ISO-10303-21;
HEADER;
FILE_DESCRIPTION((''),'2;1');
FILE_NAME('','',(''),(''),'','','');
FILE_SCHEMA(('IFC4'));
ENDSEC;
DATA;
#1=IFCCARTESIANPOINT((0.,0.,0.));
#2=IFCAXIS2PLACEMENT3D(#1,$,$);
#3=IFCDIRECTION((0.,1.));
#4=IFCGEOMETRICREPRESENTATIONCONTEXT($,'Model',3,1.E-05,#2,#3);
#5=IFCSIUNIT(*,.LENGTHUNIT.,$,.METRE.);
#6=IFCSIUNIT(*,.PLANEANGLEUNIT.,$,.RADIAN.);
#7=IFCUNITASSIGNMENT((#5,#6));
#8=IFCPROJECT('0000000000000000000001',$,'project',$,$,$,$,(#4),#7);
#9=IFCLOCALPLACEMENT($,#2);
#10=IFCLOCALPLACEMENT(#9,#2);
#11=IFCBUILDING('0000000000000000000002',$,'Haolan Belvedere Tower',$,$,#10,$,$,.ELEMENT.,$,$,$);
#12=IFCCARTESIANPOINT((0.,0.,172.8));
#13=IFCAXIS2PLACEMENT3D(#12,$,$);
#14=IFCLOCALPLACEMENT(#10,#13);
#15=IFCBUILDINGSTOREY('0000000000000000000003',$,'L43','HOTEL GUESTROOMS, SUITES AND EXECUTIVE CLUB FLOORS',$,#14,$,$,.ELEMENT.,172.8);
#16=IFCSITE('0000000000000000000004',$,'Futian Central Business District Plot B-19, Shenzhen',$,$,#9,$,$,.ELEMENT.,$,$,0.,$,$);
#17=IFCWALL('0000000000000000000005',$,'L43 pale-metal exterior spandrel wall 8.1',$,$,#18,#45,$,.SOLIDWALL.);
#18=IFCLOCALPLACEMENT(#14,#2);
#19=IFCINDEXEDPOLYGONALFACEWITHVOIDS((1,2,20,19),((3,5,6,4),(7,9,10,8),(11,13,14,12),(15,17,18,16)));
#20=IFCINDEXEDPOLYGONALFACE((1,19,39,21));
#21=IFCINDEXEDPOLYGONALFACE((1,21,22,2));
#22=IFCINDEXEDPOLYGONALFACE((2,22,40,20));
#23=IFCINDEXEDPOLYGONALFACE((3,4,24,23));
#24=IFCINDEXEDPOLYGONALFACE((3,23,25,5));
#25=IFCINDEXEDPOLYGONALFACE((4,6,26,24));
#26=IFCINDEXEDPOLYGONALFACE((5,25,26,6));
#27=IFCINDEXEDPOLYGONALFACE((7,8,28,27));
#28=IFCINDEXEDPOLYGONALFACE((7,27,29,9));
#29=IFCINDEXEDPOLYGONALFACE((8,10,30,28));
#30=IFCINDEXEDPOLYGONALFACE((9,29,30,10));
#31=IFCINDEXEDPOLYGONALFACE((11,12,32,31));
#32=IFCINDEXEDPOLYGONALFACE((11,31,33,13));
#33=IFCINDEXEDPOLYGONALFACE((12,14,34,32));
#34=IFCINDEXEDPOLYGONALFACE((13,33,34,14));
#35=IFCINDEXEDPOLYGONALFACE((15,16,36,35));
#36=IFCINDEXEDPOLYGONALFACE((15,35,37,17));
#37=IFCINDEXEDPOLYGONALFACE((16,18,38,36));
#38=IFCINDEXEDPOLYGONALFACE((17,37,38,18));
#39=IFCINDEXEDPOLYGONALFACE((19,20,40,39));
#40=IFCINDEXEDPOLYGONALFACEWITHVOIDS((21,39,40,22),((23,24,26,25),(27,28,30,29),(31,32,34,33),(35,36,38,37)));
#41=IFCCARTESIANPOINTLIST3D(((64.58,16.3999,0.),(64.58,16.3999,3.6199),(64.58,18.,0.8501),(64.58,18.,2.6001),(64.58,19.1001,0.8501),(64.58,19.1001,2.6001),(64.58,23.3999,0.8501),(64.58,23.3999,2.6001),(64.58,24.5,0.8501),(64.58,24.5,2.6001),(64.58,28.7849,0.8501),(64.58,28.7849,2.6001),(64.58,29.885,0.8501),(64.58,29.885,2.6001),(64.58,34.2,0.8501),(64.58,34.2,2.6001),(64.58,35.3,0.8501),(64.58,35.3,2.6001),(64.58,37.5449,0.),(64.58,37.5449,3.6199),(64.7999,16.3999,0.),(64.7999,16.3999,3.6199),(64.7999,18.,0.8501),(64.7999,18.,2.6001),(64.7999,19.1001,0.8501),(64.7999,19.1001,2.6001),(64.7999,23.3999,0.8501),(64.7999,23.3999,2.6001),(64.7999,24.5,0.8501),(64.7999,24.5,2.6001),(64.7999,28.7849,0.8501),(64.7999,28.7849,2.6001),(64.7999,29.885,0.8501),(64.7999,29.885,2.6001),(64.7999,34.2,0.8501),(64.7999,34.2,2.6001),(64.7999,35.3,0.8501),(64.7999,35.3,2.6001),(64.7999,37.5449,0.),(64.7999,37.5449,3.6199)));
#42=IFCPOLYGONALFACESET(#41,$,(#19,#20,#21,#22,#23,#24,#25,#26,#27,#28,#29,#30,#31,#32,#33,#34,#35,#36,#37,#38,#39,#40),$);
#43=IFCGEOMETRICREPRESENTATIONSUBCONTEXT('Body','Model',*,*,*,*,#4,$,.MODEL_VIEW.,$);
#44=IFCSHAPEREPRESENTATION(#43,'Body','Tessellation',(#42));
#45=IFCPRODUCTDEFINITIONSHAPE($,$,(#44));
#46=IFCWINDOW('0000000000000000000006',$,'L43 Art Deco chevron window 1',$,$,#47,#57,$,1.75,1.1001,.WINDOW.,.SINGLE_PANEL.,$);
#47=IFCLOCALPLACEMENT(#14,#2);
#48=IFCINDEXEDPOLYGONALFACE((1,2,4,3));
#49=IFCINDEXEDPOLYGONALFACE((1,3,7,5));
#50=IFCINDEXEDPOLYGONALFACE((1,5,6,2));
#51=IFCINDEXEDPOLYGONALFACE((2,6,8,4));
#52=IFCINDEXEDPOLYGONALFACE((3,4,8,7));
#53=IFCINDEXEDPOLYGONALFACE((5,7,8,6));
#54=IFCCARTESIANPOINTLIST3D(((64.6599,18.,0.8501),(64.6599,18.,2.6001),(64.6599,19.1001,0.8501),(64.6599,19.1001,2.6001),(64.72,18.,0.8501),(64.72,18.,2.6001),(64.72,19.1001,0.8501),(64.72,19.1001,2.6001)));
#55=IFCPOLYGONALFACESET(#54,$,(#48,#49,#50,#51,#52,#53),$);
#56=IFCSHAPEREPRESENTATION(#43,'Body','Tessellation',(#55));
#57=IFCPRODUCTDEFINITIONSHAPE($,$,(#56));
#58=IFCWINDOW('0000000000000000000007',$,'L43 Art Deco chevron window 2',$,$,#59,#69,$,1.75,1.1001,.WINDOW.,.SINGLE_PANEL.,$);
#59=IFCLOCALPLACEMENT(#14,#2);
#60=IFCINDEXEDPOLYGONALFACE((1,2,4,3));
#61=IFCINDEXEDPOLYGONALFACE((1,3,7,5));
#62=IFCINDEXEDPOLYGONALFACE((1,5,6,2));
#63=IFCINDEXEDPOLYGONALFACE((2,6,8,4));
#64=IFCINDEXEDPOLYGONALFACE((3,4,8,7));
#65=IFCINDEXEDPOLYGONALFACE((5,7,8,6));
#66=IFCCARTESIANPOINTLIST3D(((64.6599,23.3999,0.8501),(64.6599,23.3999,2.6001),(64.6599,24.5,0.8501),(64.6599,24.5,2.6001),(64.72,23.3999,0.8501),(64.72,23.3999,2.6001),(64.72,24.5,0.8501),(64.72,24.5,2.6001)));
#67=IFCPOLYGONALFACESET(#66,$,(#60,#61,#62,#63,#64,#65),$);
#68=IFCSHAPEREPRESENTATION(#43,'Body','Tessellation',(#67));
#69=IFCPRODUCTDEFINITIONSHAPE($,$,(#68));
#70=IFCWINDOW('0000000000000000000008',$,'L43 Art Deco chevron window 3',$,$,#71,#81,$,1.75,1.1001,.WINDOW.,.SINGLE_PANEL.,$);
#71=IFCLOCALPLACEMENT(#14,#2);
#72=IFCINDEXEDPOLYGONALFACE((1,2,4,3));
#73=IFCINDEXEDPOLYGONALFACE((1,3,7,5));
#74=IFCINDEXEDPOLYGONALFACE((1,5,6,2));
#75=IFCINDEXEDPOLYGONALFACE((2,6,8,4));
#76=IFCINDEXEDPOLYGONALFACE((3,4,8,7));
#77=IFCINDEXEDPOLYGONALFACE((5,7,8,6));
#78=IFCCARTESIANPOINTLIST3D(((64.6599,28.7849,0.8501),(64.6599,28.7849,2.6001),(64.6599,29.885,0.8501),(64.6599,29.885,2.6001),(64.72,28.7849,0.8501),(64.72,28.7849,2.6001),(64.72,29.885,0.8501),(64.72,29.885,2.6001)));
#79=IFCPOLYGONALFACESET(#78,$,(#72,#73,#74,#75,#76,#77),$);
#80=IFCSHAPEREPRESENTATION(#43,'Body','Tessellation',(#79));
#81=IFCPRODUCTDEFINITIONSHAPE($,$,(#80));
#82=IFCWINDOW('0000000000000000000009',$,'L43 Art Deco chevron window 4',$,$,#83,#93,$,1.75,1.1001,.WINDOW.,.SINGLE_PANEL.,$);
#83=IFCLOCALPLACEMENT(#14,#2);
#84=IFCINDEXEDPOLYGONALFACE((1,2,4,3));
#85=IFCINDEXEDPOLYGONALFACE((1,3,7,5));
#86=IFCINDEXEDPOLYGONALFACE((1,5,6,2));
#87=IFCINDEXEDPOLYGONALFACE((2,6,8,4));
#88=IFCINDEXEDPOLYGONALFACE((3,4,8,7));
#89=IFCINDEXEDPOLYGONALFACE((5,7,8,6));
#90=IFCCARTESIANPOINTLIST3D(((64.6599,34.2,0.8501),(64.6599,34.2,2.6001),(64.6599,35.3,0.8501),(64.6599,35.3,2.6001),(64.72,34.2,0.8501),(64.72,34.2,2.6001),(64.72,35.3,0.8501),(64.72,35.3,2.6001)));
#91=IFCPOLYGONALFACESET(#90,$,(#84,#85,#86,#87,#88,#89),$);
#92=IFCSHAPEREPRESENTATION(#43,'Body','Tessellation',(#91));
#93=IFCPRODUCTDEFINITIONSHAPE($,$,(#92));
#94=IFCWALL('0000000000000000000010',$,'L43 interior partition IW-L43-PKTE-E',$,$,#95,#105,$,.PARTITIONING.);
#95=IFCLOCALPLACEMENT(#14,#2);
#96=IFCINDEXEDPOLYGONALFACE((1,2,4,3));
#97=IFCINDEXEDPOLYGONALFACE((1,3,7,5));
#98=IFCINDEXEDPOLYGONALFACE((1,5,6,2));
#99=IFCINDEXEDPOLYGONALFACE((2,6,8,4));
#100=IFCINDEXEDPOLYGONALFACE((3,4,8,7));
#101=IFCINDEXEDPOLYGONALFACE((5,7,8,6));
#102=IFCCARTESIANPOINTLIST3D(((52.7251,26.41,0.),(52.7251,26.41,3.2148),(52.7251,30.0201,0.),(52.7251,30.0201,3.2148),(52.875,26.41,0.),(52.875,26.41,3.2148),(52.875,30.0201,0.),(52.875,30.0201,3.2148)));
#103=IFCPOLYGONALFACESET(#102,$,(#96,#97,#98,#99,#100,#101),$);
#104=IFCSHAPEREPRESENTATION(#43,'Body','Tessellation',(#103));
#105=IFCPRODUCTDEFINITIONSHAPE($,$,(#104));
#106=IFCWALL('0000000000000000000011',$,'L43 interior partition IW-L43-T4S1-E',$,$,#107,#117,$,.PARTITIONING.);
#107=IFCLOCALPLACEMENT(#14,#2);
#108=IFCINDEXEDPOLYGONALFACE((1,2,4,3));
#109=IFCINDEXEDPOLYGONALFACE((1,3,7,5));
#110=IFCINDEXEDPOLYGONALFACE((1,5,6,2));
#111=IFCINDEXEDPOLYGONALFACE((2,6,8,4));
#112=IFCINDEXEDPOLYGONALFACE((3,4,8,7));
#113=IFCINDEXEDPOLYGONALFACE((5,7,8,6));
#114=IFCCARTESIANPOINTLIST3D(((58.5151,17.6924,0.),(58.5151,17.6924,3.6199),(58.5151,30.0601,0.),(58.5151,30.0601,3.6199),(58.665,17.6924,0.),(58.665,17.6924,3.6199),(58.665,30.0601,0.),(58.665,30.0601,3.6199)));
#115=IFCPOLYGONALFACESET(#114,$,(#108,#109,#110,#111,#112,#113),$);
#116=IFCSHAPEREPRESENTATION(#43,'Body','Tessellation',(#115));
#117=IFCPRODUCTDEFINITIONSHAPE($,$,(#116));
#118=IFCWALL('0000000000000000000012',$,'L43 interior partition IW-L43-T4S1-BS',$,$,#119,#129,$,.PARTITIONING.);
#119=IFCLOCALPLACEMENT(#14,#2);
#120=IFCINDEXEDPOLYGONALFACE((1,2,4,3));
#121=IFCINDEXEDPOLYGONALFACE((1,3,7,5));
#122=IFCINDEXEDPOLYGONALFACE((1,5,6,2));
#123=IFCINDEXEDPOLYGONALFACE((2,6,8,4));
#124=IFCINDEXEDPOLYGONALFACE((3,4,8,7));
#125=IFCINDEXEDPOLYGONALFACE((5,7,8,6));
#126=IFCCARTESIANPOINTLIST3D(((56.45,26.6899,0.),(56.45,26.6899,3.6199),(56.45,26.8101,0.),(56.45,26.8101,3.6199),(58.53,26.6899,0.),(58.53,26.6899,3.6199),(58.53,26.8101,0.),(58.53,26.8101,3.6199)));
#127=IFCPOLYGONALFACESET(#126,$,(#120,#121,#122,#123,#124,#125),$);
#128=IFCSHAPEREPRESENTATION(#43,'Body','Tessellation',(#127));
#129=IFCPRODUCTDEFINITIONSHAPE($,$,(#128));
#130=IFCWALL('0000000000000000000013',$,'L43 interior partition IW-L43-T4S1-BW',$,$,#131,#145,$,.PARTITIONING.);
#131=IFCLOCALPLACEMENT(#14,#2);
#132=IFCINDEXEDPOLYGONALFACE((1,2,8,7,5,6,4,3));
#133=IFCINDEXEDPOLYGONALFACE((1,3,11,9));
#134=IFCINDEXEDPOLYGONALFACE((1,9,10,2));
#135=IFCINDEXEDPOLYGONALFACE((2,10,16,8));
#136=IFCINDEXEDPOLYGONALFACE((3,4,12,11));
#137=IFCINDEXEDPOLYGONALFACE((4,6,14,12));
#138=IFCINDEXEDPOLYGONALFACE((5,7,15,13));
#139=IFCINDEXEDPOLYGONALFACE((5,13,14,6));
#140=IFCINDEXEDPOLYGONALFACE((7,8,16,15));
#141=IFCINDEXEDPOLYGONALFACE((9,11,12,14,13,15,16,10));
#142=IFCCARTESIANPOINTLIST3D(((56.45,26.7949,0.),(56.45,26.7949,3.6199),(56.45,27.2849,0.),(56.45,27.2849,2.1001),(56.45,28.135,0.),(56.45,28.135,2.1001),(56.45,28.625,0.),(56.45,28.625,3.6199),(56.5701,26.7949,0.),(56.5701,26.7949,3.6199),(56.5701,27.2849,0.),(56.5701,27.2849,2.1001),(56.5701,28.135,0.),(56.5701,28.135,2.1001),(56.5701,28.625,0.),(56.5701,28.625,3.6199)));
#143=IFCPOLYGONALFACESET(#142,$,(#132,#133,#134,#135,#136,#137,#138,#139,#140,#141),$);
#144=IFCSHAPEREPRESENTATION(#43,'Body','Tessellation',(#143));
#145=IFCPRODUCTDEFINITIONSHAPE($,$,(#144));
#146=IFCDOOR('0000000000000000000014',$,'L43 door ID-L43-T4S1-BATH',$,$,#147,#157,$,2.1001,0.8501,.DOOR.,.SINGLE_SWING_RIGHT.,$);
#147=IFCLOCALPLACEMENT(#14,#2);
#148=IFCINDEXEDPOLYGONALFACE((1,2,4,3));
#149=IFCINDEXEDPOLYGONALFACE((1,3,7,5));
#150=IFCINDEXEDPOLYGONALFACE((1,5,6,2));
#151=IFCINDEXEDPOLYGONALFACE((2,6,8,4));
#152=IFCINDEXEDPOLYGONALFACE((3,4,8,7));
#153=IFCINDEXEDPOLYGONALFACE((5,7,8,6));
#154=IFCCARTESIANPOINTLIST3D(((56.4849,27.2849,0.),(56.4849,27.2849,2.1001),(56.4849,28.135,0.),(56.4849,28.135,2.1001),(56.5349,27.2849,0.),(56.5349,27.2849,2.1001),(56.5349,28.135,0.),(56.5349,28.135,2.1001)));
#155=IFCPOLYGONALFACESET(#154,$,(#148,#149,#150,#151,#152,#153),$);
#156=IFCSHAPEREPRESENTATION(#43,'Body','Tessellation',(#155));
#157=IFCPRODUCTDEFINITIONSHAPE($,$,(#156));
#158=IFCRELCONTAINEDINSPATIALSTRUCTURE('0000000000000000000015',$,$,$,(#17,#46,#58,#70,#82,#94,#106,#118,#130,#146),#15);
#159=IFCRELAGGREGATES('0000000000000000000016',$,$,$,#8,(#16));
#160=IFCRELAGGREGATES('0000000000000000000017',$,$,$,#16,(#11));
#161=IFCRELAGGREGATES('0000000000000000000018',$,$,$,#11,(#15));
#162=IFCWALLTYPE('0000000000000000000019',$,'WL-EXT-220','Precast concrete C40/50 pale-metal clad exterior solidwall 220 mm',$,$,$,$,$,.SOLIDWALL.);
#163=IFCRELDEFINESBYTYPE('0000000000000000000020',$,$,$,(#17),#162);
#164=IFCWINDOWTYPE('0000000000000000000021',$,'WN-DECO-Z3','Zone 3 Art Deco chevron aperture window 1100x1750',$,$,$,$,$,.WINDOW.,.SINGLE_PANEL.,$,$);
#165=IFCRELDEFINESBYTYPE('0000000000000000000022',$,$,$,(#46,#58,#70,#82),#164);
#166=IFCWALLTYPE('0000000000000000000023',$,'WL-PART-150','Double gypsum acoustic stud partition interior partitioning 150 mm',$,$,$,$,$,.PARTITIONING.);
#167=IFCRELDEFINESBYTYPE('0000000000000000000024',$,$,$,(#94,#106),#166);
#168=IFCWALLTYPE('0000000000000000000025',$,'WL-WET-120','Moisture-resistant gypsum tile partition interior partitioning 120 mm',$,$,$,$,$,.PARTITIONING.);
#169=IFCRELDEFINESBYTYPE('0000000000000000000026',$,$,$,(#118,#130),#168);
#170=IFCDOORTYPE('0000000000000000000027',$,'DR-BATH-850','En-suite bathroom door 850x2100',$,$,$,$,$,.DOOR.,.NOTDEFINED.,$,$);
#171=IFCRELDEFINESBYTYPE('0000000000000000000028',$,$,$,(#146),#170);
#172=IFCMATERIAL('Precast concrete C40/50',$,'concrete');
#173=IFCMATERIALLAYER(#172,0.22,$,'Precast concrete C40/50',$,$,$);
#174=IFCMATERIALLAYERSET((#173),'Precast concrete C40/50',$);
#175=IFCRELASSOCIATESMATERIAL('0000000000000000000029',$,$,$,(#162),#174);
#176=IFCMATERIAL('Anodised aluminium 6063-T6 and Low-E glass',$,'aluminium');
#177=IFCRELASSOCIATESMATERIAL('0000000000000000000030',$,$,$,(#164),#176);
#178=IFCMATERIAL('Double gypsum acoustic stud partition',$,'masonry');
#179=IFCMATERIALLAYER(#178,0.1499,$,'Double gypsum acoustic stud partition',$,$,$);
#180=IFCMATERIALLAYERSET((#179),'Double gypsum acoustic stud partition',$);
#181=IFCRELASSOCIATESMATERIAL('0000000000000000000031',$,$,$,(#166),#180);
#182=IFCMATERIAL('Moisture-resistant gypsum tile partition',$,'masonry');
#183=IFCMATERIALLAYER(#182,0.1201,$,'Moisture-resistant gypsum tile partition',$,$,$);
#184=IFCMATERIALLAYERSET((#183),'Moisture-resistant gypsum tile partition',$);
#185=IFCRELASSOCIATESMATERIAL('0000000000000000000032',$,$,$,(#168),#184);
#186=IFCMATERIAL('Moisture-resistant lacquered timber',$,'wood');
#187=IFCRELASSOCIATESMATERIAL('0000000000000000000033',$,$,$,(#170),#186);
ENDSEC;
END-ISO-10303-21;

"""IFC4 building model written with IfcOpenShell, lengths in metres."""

from ifc_helpers import new_model, si_unit, direction, frame, frame_2d, origin, place, context, subcontext, project, spatial, rectangle, extrude, material, layer, layer_set, type_object, element, fill, save


model = new_model("IFC4")

# Units and contexts
model_context = context("Model", 3, precision=1e-05, world=origin(), true_north=direction((0.0, 1.0)))
body_context = subcontext(model_context, "Body", "Model", "MODEL_VIEW")
ifc_project = project(units=[si_unit("LENGTHUNIT", "METRE"), si_unit("PLANEANGLEUNIT", "RADIAN")], contexts=[model_context])

# Site, building, storey
site_placement = place(None, origin())
site = spatial("IfcSite", under=ifc_project, at=site_placement, Name="Futian Central Business District Plot B-19, Shenzhen", CompositionType="ELEMENT", RefElevation=0.0)
building_placement = place(site_placement, origin())
building = spatial("IfcBuilding", under=site, at=building_placement, Name="Haolan Belvedere Tower", CompositionType="ELEMENT")
storey_placement = place(building_placement, frame((0.0, 0.0, 172.8)))
storey = spatial("IfcBuildingStorey", under=building, at=storey_placement, Name="L43", Description="HOTEL GUESTROOMS, SUITES AND EXECUTIVE CLUB FLOORS", CompositionType="ELEMENT", Elevation=172.8)

# Shared definitions
ifc_material_1 = material(Name="Precast concrete C40/50", Category="concrete")
ifc_layer_1 = layer(ifc_material_1, 0.22, Name="Precast concrete C40/50")
ifc_layer_set_1 = layer_set([ifc_layer_1], Name="Precast concrete C40/50")
wall_type_1 = type_object("IfcWallType", Name="WL-EXT-220", Description="Precast concrete C40/50 pale-metal clad exterior solidwall 220 mm", PredefinedType="SOLIDWALL", material=ifc_layer_set_1)
ifc_material_2 = material(Name="Anodised aluminium 6063-T6 and Low-E glass", Category="aluminium")
window_type = type_object("IfcWindowType", Name="WN-DECO-Z3", Description="Zone 3 Art Deco chevron aperture window 1100x1750", PartitioningType="SINGLE_PANEL", PredefinedType="WINDOW", material=ifc_material_2)

# Wall, openings, windows
wall_1_placement = place(storey_placement, frame((64.6899, 16.3999, 0.0), z_axis=(0.0, 0.0, 1.0), x_axis=(0.0, 1.0, 0.0)))
wall_1 = element("IfcWall", 1, at=wall_1_placement, inside=storey, type_object=wall_type_1, Name="L43 pale-metal exterior spandrel wall 8.1", PredefinedType="SOLIDWALL", context=body_context, shape_type="SweptSolid", body=[
    extrude(rectangle(XDim=21.145, YDim=0.22, at=frame_2d((10.5725, 0.0))), origin(), (0.0, 0.0, 1.0), 3.6199),
])
opening_1_placement = place(wall_1_placement, frame((1.6001, 0.0, 0.8501)))
opening_1 = element("IfcOpeningElement", 2, at=opening_1_placement, cuts=wall_1, PredefinedType="OPENING", context=body_context, shape_type="SweptSolid", body=[
    extrude(rectangle(XDim=1.1001, YDim=1.75, at=frame_2d((0.55, 0.875))), frame((0.0, 0.1199, 0.0), z_axis=(0.0, -1.0, 0.0), x_axis=(1.0, 0.0, 0.0)), (0.0, 0.0, 1.0), 0.24),
])
opening_2_placement = place(wall_1_placement, frame((7.0, 0.0, 0.8501)))
opening_2 = element("IfcOpeningElement", 3, at=opening_2_placement, cuts=wall_1, PredefinedType="OPENING", context=body_context, shape_type="SweptSolid", body=[
    extrude(rectangle(XDim=1.1001, YDim=1.75, at=frame_2d((0.55, 0.875))), frame((0.0, 0.1199, 0.0), z_axis=(0.0, -1.0, 0.0), x_axis=(1.0, 0.0, 0.0)), (0.0, 0.0, 1.0), 0.24),
])
opening_3_placement = place(wall_1_placement, frame((12.385, 0.0, 0.8501)))
opening_3 = element("IfcOpeningElement", 4, at=opening_3_placement, cuts=wall_1, PredefinedType="OPENING", context=body_context, shape_type="SweptSolid", body=[
    extrude(rectangle(XDim=1.1001, YDim=1.75, at=frame_2d((0.55, 0.875))), frame((0.0, 0.1199, 0.0), z_axis=(0.0, -1.0, 0.0), x_axis=(1.0, 0.0, 0.0)), (0.0, 0.0, 1.0), 0.24),
])
opening_4_placement = place(wall_1_placement, frame((17.8, 0.0, 0.8501)))
opening_4 = element("IfcOpeningElement", 5, at=opening_4_placement, cuts=wall_1, PredefinedType="OPENING", context=body_context, shape_type="SweptSolid", body=[
    extrude(rectangle(XDim=1.1001, YDim=1.75, at=frame_2d((0.55, 0.875))), frame((0.0, 0.1199, 0.0), z_axis=(0.0, -1.0, 0.0), x_axis=(1.0, 0.0, 0.0)), (0.0, 0.0, 1.0), 0.24),
])
window_1_placement = place(opening_1_placement, origin())
window_1 = element("IfcWindow", 6, at=window_1_placement, inside=storey, type_object=window_type, Name="L43 Art Deco chevron window 1", OverallHeight=1.75, OverallWidth=1.1001, PartitioningType="SINGLE_PANEL", PredefinedType="WINDOW", context=body_context, shape_type="SweptSolid", body=[
    extrude(rectangle(XDim=1.1001, YDim=1.75, at=frame_2d((0.55, 0.875))), frame((0.0, 0.03, 0.0), z_axis=(0.0, -1.0, 0.0), x_axis=(1.0, 0.0, 0.0)), (0.0, 0.0, 1.0), 0.0601),
])
fill(opening_1, window_1)
window_2_placement = place(opening_2_placement, origin())
window_2 = element("IfcWindow", 7, at=window_2_placement, inside=storey, type_object=window_type, Name="L43 Art Deco chevron window 2", OverallHeight=1.75, OverallWidth=1.1001, PartitioningType="SINGLE_PANEL", PredefinedType="WINDOW", context=body_context, shape_type="SweptSolid", body=[
    extrude(rectangle(XDim=1.1001, YDim=1.75, at=frame_2d((0.55, 0.875))), frame((0.0, 0.03, 0.0), z_axis=(0.0, -1.0, 0.0), x_axis=(1.0, 0.0, 0.0)), (0.0, 0.0, 1.0), 0.0601),
])
fill(opening_2, window_2)
window_3_placement = place(opening_3_placement, origin())
window_3 = element("IfcWindow", 8, at=window_3_placement, inside=storey, type_object=window_type, Name="L43 Art Deco chevron window 3", OverallHeight=1.75, OverallWidth=1.1001, PartitioningType="SINGLE_PANEL", PredefinedType="WINDOW", context=body_context, shape_type="SweptSolid", body=[
    extrude(rectangle(XDim=1.1001, YDim=1.75, at=frame_2d((0.55, 0.875))), frame((0.0, 0.03, 0.0), z_axis=(0.0, -1.0, 0.0), x_axis=(1.0, 0.0, 0.0)), (0.0, 0.0, 1.0), 0.0601),
])
fill(opening_3, window_3)
window_4_placement = place(opening_4_placement, origin())
window_4 = element("IfcWindow", 9, at=window_4_placement, inside=storey, type_object=window_type, Name="L43 Art Deco chevron window 4", OverallHeight=1.75, OverallWidth=1.1001, PartitioningType="SINGLE_PANEL", PredefinedType="WINDOW", context=body_context, shape_type="SweptSolid", body=[
    extrude(rectangle(XDim=1.1001, YDim=1.75, at=frame_2d((0.55, 0.875))), frame((0.0, 0.03, 0.0), z_axis=(0.0, -1.0, 0.0), x_axis=(1.0, 0.0, 0.0)), (0.0, 0.0, 1.0), 0.0601),
])
fill(opening_4, window_4)

# Walls
ifc_material_3 = material(Name="Double gypsum acoustic stud partition", Category="masonry")
ifc_layer_2 = layer(ifc_material_3, 0.1499, Name="Double gypsum acoustic stud partition")
ifc_layer_set_2 = layer_set([ifc_layer_2], Name="Double gypsum acoustic stud partition")
wall_type_2 = type_object("IfcWallType", Name="WL-PART-150", Description="Double gypsum acoustic stud partition interior partitioning 150 mm", PredefinedType="PARTITIONING", material=ifc_layer_set_2)
wall_2_placement = place(storey_placement, frame((52.8, 26.4099, 0.0), z_axis=(0.0, 0.0, 1.0), x_axis=(0.0, 1.0, 0.0)))
element("IfcWall", 10, at=wall_2_placement, inside=storey, type_object=wall_type_2, Name="L43 interior partition IW-L43-PKTE-E", PredefinedType="PARTITIONING", context=body_context, shape_type="SweptSolid", body=[
    extrude(rectangle(XDim=3.6101, YDim=0.1499, at=frame_2d((1.8052, 0.0))), origin(), (0.0, 0.0, 1.0), 3.2148),
])
wall_3_placement = place(storey_placement, frame((58.5901, 17.6924, 0.0), z_axis=(0.0, 0.0, 1.0), x_axis=(0.0, 1.0, 0.0)))
element("IfcWall", 11, at=wall_3_placement, inside=storey, type_object=wall_type_2, Name="L43 interior partition IW-L43-T4S1-E", PredefinedType="PARTITIONING", context=body_context, shape_type="SweptSolid", body=[
    extrude(rectangle(XDim=12.3677, YDim=0.1499, at=frame_2d((6.1838, 0.0))), origin(), (0.0, 0.0, 1.0), 3.6199),
])
ifc_material_4 = material(Name="Moisture-resistant gypsum tile partition", Category="masonry")
ifc_layer_3 = layer(ifc_material_4, 0.1201, Name="Moisture-resistant gypsum tile partition")
ifc_layer_set_3 = layer_set([ifc_layer_3], Name="Moisture-resistant gypsum tile partition")
wall_type_3 = type_object("IfcWallType", Name="WL-WET-120", Description="Moisture-resistant gypsum tile partition interior partitioning 120 mm", PredefinedType="PARTITIONING", material=ifc_layer_set_3)
wall_4_placement = place(storey_placement, frame((56.45, 26.75, 0.0), z_axis=(0.0, 0.0, 1.0), x_axis=(1.0, 0.0, 0.0)))
element("IfcWall", 12, at=wall_4_placement, inside=storey, type_object=wall_type_3, Name="L43 interior partition IW-L43-T4S1-BS", PredefinedType="PARTITIONING", context=body_context, shape_type="SweptSolid", body=[
    extrude(rectangle(XDim=2.0801, YDim=0.1201, at=frame_2d((1.04, 0.0))), origin(), (0.0, 0.0, 1.0), 3.6199),
])

# Wall, opening, door
wall_5_placement = place(storey_placement, frame((56.51, 26.7949, 0.0), z_axis=(0.0, 0.0, 1.0), x_axis=(0.0, 1.0, 0.0)))
wall_5 = element("IfcWall", 13, at=wall_5_placement, inside=storey, type_object=wall_type_3, Name="L43 interior partition IW-L43-T4S1-BW", PredefinedType="PARTITIONING", context=body_context, shape_type="SweptSolid", body=[
    extrude(rectangle(XDim=1.8301, YDim=0.1201, at=frame_2d((0.915, 0.0))), origin(), (0.0, 0.0, 1.0), 3.6199),
])
opening_5_placement = place(wall_5_placement, frame((1.3401, 0.0, 0.0), z_axis=(0.0, 0.0, 1.0), x_axis=(-1.0, 0.0, 0.0)))
opening_5 = element("IfcOpeningElement", 14, at=opening_5_placement, cuts=wall_5, PredefinedType="OPENING", context=body_context, shape_type="SweptSolid", body=[
    extrude(rectangle(XDim=0.8501, YDim=2.1001, at=frame_2d((0.425, 1.05))), frame((0.0, 0.0701, 0.0), z_axis=(0.0, -1.0, 0.0), x_axis=(1.0, 0.0, 0.0)), (0.0, 0.0, 1.0), 0.1401),
])
ifc_material_5 = material(Name="Moisture-resistant lacquered timber", Category="wood")
door_type = type_object("IfcDoorType", Name="DR-BATH-850", Description="En-suite bathroom door 850x2100", OperationType="NOTDEFINED", PredefinedType="DOOR", material=ifc_material_5)
door_1_placement = place(opening_5_placement, origin())
door_1 = element("IfcDoor", 15, at=door_1_placement, inside=storey, type_object=door_type, Name="L43 door ID-L43-T4S1-BATH", OperationType="SINGLE_SWING_RIGHT", OverallHeight=2.1001, OverallWidth=0.8501, PredefinedType="DOOR", context=body_context, shape_type="SweptSolid", body=[
    extrude(rectangle(XDim=0.8501, YDim=2.1001, at=frame_2d((0.425, 1.05))), frame((0.0, 0.0249, 0.0), z_axis=(0.0, -1.0, 0.0), x_axis=(1.0, 0.0, 0.0)), (0.0, 0.0, 1.0), 0.05),
])
fill(opening_5, door_1)

save(model, "model.ifc")
